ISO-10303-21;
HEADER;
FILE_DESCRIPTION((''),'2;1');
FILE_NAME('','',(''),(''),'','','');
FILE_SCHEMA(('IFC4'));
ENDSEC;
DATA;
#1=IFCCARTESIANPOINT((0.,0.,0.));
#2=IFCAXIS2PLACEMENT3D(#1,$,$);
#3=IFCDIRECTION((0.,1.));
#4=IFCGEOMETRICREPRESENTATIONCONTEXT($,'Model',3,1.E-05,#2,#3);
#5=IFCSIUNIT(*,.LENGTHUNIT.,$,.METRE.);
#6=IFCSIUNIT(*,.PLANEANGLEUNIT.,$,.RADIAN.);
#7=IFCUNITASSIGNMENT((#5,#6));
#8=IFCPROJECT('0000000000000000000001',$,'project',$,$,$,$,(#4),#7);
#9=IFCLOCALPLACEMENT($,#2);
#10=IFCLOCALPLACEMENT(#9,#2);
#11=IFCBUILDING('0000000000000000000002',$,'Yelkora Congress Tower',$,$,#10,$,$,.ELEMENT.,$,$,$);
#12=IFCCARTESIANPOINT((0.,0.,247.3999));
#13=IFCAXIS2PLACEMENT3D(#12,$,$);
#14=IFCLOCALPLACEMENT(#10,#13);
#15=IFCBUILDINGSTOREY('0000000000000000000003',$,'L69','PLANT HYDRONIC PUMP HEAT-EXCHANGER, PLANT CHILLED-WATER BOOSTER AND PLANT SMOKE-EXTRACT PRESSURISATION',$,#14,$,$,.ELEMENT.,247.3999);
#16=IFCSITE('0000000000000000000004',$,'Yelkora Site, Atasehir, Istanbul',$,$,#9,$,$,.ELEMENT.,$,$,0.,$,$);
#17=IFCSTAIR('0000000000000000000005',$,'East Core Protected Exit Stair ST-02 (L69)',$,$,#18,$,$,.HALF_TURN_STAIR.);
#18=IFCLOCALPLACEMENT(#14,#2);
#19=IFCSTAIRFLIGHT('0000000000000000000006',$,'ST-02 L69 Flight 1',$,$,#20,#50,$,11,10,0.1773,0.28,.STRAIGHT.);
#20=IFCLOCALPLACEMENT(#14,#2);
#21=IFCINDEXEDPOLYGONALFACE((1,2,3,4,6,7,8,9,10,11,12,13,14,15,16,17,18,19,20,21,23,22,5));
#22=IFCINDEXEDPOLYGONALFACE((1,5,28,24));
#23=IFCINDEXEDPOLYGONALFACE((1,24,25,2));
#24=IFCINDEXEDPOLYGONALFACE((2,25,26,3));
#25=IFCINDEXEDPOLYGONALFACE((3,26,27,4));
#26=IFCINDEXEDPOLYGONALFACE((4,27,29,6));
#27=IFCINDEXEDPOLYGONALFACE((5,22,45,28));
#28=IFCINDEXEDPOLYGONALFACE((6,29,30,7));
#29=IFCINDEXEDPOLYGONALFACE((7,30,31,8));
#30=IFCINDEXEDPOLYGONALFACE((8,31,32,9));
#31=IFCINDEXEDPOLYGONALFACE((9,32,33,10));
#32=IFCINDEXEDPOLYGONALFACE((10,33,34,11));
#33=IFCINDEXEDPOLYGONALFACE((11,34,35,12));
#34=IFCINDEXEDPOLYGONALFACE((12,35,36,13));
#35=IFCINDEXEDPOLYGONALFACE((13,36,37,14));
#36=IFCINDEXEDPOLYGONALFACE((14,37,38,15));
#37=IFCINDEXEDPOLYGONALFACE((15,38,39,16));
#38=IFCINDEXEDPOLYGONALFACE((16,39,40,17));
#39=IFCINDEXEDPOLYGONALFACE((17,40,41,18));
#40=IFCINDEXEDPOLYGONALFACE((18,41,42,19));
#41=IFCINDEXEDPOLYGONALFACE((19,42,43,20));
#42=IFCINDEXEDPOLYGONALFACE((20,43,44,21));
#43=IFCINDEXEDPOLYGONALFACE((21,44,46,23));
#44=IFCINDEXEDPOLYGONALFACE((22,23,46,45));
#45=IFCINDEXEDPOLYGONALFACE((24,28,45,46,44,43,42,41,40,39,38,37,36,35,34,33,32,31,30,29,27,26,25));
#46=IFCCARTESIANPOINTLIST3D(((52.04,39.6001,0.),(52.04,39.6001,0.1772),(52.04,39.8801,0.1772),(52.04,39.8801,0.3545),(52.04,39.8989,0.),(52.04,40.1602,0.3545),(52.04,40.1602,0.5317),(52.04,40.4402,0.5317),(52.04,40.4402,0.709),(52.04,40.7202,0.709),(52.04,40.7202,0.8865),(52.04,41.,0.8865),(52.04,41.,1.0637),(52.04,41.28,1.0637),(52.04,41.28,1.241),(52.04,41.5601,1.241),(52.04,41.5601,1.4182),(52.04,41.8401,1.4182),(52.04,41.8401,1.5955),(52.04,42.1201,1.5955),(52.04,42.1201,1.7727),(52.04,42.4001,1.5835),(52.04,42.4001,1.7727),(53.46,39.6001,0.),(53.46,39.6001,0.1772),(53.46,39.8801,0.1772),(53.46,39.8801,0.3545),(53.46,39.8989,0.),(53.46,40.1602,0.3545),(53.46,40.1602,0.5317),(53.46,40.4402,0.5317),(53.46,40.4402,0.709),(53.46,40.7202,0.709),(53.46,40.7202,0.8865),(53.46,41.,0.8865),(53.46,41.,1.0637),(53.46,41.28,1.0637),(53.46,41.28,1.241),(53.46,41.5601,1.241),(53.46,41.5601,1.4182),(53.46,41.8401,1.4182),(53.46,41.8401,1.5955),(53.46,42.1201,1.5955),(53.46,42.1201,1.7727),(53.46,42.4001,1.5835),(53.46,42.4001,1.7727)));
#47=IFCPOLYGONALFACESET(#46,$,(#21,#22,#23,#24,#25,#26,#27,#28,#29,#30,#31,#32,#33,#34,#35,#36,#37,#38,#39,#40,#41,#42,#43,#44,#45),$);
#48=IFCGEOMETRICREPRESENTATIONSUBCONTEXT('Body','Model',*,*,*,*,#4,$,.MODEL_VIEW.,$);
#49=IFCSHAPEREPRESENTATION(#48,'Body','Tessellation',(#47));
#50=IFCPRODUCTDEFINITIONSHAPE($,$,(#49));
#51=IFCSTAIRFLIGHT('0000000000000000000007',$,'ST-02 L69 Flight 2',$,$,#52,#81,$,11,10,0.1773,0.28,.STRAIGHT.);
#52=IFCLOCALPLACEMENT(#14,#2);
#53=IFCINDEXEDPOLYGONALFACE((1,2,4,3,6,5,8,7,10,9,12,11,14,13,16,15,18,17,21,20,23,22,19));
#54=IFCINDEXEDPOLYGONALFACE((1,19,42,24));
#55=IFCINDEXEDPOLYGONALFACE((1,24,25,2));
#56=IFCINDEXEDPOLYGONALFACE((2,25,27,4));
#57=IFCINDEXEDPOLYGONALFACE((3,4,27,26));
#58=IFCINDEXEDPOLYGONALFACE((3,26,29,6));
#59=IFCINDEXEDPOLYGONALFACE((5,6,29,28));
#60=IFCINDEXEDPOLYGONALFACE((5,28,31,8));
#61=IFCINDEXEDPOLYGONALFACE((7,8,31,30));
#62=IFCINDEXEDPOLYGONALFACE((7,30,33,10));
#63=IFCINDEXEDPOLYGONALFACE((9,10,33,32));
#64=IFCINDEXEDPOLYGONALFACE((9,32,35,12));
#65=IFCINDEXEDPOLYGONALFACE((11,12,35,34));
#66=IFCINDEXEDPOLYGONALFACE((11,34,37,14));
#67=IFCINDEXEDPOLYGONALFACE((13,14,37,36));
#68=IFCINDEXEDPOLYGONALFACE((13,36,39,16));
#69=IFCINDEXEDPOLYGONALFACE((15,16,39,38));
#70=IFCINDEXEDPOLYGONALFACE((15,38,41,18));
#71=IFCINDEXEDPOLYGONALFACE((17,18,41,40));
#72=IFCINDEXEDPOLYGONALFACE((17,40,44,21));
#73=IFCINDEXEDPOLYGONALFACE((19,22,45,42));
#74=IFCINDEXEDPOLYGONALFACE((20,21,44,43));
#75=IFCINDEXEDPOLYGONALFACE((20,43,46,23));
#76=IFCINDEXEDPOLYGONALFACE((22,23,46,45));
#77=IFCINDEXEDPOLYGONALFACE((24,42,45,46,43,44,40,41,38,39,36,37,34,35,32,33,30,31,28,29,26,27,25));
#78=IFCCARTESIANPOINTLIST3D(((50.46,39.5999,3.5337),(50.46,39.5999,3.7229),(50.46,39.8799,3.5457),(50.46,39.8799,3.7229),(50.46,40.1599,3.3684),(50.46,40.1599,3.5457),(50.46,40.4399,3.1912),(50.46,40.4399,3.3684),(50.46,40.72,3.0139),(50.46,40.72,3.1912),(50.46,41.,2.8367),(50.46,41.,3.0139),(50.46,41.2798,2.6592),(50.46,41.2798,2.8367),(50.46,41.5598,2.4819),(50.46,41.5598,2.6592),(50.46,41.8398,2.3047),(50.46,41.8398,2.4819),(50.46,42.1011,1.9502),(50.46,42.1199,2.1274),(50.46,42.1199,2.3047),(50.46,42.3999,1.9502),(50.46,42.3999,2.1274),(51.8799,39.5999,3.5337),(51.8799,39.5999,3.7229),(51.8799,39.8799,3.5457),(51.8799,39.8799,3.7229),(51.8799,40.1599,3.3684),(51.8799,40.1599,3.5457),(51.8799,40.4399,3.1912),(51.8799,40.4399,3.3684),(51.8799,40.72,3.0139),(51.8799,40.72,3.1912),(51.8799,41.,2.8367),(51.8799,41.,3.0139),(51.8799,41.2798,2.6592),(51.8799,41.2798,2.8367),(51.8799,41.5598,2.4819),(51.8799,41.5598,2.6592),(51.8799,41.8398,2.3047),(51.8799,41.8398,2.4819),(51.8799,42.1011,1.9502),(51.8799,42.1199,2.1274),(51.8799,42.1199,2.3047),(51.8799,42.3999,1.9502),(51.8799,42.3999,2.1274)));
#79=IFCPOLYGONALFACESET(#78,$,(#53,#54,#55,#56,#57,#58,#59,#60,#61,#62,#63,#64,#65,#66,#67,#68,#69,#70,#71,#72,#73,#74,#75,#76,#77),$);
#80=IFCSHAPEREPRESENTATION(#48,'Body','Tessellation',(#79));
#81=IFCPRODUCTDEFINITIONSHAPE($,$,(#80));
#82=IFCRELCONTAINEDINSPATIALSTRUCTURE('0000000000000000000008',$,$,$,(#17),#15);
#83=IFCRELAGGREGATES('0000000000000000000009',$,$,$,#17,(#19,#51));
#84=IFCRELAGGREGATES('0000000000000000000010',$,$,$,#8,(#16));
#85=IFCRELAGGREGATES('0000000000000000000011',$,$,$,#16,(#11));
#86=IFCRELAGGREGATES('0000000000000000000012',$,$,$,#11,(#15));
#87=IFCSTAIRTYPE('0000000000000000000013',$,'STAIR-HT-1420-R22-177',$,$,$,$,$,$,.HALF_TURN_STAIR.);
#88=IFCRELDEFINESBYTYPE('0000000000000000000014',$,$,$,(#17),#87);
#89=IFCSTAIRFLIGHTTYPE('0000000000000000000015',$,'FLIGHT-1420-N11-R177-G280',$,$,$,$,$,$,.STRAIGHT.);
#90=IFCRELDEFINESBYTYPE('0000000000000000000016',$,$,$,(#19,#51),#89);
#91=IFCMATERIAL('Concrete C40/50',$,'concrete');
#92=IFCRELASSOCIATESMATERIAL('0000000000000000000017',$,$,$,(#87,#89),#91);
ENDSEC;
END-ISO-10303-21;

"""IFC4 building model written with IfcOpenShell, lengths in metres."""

from ifc_helpers import new_model, si_unit, direction, frame, origin, place, context, subcontext, project, spatial, polyline, outline, extrude, material, type_object, element, aggregate, save


model = new_model("IFC4")

# Units and contexts
model_context = context("Model", 3, precision=1e-05, world=origin(), true_north=direction((0.0, 1.0)))
body_context = subcontext(model_context, "Body", "Model", "MODEL_VIEW")
ifc_project = project(units=[si_unit("LENGTHUNIT", "METRE"), si_unit("PLANEANGLEUNIT", "RADIAN")], contexts=[model_context])

# Site, building, storey
site_placement = place(None, origin())
site = spatial("IfcSite", under=ifc_project, at=site_placement, Name="Yelkora Site, Atasehir, Istanbul", CompositionType="ELEMENT", RefElevation=0.0)
building_placement = place(site_placement, origin())
building = spatial("IfcBuilding", under=site, at=building_placement, Name="Yelkora Congress Tower", CompositionType="ELEMENT")
storey_placement = place(building_placement, frame((0.0, 0.0, 247.3999)))
storey = spatial("IfcBuildingStorey", under=building, at=storey_placement, Name="L69", Description="PLANT HYDRONIC PUMP HEAT-EXCHANGER, PLANT CHILLED-WATER BOOSTER AND PLANT SMOKE-EXTRACT PRESSURISATION", CompositionType="ELEMENT", Elevation=247.3999)

# Stair, stair flights
ifc_material_1 = material(Name="Concrete C40/50", Category="concrete")
stair_type = type_object("IfcStairType", Name="STAIR-HT-1420-R22-177", PredefinedType="HALF_TURN_STAIR", material=ifc_material_1)
stair_placement = place(storey_placement, origin())
stair = element("IfcStair", 1, at=stair_placement, inside=storey, type_object=stair_type, Name="East Core Protected Exit Stair ST-02 (L69)", PredefinedType="HALF_TURN_STAIR")
stair_flight_type = type_object("IfcStairFlightType", Name="FLIGHT-1420-N11-R177-G280", PredefinedType="STRAIGHT", material=ifc_material_1)
stair_flight_1_placement = place(storey_placement, frame((52.75, 39.6001, 0.0), z_axis=(0.0, 0.0, 1.0), x_axis=(0.0, 1.0, 0.0)))
stair_flight_1 = element("IfcStairFlight", 2, at=stair_flight_1_placement, type_object=stair_flight_type, Name="ST-02 L69 Flight 1", NumberOfRisers=11, NumberOfTreads=10, PredefinedType="STRAIGHT", RiserHeight=0.1773, TreadLength=0.28, context=body_context, shape_type="SweptSolid", body=[
    extrude(outline(polyline([(0.0, 0.0), (0.0, 0.1772), (0.28, 0.1772), (0.28, 0.3545), (0.5601, 0.3545), (0.5601, 0.5317), (0.8401, 0.5317), (0.8401, 0.709), (1.1201, 0.709), (1.1201, 0.8865), (1.3999, 0.8865), (1.3999, 1.0637), (1.6799, 1.0637), (1.6799, 1.241), (1.96, 1.241), (1.96, 1.4182), (2.24, 1.4182), (2.24, 1.5955), (2.52, 1.5955), (2.52, 1.7727), (2.8, 1.7727), (2.8, 1.95), (2.8, 1.5835), (0.2988, 0.0), (0.0, 0.0)])), frame((0.0, 0.71, 0.0), z_axis=(0.0, -1.0, 0.0), x_axis=(1.0, 0.0, 0.0)), (0.0, 0.0, 1.0), 1.4199),
])
stair_flight_2_placement = place(storey_placement, frame((51.1699, 42.3999, 1.9502), z_axis=(0.0, 0.0, 1.0), x_axis=(0.0, -1.0, 0.0)))
stair_flight_2 = element("IfcStairFlight", 3, at=stair_flight_2_placement, type_object=stair_flight_type, Name="ST-02 L69 Flight 2", NumberOfRisers=11, NumberOfTreads=10, PredefinedType="STRAIGHT", RiserHeight=0.1773, TreadLength=0.28, context=body_context, shape_type="SweptSolid", body=[
    extrude(outline(polyline([(0.0, 0.0), (0.0, 0.1772), (0.28, 0.1772), (0.28, 0.3545), (0.5601, 0.3545), (0.5601, 0.5317), (0.8401, 0.5317), (0.8401, 0.709), (1.1201, 0.709), (1.1201, 0.8865), (1.3999, 0.8865), (1.3999, 1.0637), (1.6799, 1.0637), (1.6799, 1.241), (1.96, 1.241), (1.96, 1.4182), (2.24, 1.4182), (2.24, 1.5955), (2.52, 1.5955), (2.52, 1.7727), (2.8, 1.7727), (2.8, 1.95), (2.8, 1.5835), (0.2988, 0.0), (0.0, 0.0)])), frame((0.0, 0.71, 0.0), z_axis=(0.0, -1.0, 0.0), x_axis=(1.0, 0.0, 0.0)), (0.0, 0.0, 1.0), 1.4199),
])
aggregate(stair, [stair_flight_1, stair_flight_2])

save(model, "model.ifc")
